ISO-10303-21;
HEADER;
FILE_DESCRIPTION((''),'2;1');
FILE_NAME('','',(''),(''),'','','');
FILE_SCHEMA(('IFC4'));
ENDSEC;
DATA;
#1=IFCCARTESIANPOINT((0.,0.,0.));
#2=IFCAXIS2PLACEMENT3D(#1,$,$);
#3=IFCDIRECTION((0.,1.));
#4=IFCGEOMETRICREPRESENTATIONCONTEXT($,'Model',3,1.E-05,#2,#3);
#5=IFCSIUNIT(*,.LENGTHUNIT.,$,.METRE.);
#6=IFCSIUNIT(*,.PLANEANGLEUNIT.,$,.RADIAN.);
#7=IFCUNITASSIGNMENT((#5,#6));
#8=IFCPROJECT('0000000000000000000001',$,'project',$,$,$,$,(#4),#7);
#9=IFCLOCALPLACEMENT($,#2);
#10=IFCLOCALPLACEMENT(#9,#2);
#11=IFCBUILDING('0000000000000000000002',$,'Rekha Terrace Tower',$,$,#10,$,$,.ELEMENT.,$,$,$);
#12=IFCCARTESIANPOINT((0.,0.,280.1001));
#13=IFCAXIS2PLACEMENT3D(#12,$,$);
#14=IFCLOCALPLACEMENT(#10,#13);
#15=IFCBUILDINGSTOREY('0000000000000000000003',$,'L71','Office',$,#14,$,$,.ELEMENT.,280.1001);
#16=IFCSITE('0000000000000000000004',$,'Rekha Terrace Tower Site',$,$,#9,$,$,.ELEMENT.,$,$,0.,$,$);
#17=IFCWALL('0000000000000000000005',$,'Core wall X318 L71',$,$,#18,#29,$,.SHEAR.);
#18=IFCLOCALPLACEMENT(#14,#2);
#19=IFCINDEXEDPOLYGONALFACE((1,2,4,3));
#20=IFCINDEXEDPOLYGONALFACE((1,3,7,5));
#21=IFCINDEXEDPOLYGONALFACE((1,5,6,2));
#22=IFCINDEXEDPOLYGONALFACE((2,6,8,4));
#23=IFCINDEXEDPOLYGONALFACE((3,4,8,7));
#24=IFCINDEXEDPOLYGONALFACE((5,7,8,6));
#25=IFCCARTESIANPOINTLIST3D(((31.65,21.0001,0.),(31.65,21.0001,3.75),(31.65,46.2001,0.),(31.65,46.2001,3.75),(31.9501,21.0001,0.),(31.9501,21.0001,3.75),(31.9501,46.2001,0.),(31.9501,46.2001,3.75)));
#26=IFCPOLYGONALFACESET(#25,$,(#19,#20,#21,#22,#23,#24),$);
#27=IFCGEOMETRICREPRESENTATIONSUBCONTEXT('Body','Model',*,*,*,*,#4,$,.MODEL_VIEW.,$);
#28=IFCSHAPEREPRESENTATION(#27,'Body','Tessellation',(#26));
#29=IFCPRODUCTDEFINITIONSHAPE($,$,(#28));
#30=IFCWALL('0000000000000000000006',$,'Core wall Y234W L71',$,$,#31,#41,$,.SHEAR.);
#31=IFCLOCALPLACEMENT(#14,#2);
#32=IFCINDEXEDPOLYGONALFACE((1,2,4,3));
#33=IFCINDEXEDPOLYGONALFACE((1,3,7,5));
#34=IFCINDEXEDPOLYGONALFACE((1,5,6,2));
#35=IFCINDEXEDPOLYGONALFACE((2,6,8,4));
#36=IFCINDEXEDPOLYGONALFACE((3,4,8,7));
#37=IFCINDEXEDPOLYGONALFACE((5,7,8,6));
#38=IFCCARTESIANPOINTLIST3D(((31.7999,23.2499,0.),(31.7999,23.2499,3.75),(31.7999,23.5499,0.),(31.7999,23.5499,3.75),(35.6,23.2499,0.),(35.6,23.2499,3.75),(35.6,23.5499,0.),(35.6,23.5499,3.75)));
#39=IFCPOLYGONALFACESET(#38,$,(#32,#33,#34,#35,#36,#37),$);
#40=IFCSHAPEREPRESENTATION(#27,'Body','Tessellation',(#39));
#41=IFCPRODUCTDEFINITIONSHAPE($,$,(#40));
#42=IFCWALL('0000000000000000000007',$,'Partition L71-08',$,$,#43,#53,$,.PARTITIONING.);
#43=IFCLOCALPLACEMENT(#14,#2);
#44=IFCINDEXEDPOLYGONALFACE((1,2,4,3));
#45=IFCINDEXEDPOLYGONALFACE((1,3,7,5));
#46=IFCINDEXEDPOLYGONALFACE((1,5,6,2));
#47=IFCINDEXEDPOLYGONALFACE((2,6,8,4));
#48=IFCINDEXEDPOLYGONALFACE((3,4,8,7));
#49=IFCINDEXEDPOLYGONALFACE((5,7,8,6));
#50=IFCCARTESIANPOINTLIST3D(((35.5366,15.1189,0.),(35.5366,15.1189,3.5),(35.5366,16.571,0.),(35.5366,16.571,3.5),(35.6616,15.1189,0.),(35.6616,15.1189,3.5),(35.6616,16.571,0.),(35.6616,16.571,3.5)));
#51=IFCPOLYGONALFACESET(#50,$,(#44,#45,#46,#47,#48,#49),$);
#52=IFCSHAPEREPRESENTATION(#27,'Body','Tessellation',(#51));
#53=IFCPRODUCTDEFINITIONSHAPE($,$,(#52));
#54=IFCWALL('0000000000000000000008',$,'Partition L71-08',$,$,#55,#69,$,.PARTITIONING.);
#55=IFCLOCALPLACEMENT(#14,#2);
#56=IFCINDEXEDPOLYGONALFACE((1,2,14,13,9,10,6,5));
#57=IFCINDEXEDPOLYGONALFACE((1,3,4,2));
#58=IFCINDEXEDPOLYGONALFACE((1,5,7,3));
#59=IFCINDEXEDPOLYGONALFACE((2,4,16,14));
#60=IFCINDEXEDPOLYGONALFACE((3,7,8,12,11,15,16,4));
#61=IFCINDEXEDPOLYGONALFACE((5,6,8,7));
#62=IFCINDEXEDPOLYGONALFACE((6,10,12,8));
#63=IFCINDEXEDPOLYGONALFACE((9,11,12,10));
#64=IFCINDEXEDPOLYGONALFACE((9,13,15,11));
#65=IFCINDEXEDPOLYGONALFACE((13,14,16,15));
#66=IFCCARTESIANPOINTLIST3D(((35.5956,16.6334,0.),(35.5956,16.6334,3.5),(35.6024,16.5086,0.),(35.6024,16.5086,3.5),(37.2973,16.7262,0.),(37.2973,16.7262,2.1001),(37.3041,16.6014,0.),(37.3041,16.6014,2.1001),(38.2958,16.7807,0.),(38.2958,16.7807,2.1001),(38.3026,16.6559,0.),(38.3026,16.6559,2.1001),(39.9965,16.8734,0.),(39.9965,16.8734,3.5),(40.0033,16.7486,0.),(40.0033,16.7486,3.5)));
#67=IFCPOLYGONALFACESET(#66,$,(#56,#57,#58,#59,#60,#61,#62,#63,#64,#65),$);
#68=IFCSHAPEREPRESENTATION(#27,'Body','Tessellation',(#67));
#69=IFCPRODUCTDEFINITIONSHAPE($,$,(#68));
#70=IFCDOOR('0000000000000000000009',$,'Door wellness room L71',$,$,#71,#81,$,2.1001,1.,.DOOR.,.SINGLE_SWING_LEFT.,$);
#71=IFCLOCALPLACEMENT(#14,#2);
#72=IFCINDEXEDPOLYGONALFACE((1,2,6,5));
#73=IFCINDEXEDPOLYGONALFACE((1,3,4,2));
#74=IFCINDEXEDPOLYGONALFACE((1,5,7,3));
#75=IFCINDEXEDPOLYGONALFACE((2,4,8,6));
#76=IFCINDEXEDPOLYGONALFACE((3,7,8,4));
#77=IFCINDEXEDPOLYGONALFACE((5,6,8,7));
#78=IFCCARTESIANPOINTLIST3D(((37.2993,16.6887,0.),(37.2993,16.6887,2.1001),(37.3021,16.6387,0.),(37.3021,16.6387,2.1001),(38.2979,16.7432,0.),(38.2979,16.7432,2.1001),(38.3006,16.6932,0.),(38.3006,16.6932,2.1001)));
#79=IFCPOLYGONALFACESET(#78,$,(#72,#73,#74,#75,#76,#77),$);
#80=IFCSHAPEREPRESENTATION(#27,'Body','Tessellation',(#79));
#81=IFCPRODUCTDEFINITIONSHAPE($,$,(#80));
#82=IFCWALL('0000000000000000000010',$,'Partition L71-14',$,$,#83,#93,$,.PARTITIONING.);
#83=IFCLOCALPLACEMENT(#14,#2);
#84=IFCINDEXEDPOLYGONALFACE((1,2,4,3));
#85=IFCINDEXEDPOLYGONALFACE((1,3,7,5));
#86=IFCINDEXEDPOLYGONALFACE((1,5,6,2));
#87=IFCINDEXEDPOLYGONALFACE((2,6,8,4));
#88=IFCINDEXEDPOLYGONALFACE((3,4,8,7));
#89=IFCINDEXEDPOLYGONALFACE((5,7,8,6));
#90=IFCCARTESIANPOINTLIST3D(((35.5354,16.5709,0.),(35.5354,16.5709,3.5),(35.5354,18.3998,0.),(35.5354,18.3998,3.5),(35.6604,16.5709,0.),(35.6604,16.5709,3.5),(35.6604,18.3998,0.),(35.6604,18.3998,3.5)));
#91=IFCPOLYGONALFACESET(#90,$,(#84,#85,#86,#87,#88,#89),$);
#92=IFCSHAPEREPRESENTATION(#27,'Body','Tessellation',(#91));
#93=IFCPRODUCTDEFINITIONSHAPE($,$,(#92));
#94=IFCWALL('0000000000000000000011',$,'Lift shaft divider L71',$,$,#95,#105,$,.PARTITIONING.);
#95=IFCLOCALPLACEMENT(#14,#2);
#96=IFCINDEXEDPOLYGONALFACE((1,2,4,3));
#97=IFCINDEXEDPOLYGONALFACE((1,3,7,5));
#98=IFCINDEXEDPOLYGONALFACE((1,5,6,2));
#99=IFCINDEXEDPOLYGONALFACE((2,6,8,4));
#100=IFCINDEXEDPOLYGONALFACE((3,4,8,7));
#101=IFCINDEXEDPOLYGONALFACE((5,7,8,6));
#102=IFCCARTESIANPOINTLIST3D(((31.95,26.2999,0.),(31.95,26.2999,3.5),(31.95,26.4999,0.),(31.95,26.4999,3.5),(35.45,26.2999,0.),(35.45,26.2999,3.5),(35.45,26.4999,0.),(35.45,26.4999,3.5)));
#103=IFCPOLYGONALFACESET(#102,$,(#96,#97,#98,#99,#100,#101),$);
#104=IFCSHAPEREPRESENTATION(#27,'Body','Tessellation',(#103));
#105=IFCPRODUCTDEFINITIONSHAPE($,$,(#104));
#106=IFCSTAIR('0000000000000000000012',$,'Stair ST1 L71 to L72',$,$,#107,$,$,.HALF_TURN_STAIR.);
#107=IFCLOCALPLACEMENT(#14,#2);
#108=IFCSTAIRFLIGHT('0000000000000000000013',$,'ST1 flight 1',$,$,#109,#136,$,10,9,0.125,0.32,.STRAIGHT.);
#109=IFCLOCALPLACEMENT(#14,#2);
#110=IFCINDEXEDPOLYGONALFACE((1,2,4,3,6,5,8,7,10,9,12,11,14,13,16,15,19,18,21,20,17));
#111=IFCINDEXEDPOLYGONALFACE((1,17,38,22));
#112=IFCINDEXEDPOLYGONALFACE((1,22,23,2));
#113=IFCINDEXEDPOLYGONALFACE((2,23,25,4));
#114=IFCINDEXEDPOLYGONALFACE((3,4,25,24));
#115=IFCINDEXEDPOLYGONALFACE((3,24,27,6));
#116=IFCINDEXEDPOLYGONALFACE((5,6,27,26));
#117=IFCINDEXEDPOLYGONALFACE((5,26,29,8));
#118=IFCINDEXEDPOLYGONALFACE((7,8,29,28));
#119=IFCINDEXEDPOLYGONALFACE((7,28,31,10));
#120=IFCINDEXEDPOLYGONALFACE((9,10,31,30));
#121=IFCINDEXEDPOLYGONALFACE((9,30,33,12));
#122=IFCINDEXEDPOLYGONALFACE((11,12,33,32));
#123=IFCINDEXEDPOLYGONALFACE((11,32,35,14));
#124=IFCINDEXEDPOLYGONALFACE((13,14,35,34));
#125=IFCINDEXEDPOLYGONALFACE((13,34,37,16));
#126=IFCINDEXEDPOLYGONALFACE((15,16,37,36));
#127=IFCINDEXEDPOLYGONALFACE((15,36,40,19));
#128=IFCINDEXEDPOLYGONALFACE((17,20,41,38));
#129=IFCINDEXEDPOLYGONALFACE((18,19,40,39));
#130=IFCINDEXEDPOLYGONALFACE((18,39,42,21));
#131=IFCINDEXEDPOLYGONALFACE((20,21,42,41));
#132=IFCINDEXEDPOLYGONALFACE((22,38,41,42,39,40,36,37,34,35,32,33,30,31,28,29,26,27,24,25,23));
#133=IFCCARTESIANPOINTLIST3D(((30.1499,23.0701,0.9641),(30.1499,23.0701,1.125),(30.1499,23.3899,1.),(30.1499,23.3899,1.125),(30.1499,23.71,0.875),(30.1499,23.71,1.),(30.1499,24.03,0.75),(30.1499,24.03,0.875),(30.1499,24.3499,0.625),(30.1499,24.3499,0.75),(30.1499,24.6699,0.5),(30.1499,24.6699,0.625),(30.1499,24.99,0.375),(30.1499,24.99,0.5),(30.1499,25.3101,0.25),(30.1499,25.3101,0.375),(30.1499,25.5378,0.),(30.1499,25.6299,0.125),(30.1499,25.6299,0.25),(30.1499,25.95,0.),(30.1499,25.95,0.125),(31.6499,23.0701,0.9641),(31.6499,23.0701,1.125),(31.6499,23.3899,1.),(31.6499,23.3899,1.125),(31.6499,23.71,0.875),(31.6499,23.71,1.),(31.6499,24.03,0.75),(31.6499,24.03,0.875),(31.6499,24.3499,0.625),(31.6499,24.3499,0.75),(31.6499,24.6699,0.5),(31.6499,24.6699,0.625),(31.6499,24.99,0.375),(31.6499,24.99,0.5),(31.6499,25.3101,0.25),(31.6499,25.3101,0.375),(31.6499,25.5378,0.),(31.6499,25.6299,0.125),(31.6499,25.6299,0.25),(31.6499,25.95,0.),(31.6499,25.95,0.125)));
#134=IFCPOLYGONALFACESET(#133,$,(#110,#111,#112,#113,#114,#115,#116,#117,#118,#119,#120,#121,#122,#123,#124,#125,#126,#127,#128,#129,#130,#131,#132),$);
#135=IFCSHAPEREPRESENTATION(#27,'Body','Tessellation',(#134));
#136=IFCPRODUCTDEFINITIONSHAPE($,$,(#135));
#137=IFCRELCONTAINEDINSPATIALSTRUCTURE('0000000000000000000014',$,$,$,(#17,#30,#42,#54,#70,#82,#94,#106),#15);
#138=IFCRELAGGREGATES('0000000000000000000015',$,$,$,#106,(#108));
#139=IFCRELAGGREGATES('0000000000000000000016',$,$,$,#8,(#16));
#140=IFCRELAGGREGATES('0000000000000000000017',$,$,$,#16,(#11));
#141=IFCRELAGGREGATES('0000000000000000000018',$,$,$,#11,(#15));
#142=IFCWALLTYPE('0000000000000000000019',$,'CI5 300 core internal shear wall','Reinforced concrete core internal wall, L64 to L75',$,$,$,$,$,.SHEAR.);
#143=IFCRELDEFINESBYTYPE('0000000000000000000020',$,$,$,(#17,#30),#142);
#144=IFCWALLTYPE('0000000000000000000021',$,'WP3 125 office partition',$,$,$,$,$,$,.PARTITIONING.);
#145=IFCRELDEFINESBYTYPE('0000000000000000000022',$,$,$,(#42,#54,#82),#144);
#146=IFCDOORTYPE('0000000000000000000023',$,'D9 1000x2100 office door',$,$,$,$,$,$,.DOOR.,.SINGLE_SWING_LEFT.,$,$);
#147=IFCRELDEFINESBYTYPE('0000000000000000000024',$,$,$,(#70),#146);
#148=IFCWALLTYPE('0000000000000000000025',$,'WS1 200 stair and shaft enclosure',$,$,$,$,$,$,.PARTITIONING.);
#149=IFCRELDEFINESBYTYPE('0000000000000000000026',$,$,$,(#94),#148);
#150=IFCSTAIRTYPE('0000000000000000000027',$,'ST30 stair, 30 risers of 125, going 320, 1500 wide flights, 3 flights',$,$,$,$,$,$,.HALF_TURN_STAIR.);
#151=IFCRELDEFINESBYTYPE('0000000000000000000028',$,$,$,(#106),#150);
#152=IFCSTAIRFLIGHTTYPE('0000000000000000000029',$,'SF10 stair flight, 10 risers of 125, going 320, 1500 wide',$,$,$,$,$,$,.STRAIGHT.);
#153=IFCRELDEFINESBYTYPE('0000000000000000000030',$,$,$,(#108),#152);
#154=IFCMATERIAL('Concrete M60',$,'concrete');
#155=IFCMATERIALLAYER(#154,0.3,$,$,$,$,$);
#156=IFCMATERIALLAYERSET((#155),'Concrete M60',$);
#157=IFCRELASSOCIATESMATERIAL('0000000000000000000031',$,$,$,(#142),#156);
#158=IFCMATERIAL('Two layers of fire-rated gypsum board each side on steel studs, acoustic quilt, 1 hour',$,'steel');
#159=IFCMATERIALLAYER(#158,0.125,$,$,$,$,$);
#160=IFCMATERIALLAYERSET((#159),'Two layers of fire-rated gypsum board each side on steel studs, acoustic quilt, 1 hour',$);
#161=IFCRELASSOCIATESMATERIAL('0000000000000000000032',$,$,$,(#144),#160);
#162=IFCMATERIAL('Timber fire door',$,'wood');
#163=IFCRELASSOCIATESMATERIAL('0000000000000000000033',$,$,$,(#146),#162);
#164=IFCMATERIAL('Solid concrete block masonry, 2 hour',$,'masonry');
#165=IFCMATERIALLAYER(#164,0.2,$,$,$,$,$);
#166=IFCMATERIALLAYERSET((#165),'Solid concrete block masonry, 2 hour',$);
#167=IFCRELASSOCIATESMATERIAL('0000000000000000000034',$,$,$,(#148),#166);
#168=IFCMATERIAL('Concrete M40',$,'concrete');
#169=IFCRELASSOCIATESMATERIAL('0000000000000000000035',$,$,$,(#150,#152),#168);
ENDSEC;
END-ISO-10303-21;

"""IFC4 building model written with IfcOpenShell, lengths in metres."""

from ifc_helpers import new_model, si_unit, direction, frame, frame_2d, origin, place, context, subcontext, project, spatial, polyline, rectangle, outline, extrude, material, layer, layer_set, type_object, element, fill, aggregate, save


model = new_model("IFC4")

# Units and contexts
model_context = context("Model", 3, precision=1e-05, world=origin(), true_north=direction((0.0, 1.0)))
body_context = subcontext(model_context, "Body", "Model", "MODEL_VIEW")
ifc_project = project(units=[si_unit("LENGTHUNIT", "METRE"), si_unit("PLANEANGLEUNIT", "RADIAN")], contexts=[model_context])

# Site, building, storey
site_placement = place(None, origin())
site = spatial("IfcSite", under=ifc_project, at=site_placement, Name="Rekha Terrace Tower Site", CompositionType="ELEMENT", RefElevation=0.0)
building_placement = place(site_placement, origin())
building = spatial("IfcBuilding", under=site, at=building_placement, Name="Rekha Terrace Tower", CompositionType="ELEMENT")
storey_placement = place(building_placement, frame((0.0, 0.0, 280.1001)))
storey = spatial("IfcBuildingStorey", under=building, at=storey_placement, Name="L71", Description="Office", CompositionType="ELEMENT", Elevation=280.1001)

# Shared definitions
ifc_material_1 = material(Name="Concrete M60", Category="concrete")

# Walls
ifc_layer_1 = layer(ifc_material_1, 0.3)
ifc_layer_set_1 = layer_set([ifc_layer_1], Name="Concrete M60")
wall_type_1 = type_object("IfcWallType", Name="CI5 300 core internal shear wall", Description="Reinforced concrete core internal wall, L64 to L75", PredefinedType="SHEAR", material=ifc_layer_set_1)
wall_1_placement = place(storey_placement, frame((31.8, 21.0, 0.0), z_axis=(0.0, 0.0, 1.0), x_axis=(0.0, 1.0, 0.0)))
element("IfcWall", 1, at=wall_1_placement, inside=storey, type_object=wall_type_1, Name="Core wall X318 L71", PredefinedType="SHEAR", context=body_context, shape_type="SweptSolid", body=[
    extrude(rectangle(XDim=25.2, YDim=0.3, at=frame_2d((12.6001, 0.0))), origin(), (0.0, 0.0, 1.0), 3.75),
])
wall_2_placement = place(storey_placement, frame((31.8, 23.3999, 0.0), z_axis=(0.0, 0.0, 1.0), x_axis=(1.0, 0.0, 0.0)))
element("IfcWall", 2, at=wall_2_placement, inside=storey, type_object=wall_type_1, Name="Core wall Y234W L71", PredefinedType="SHEAR", context=body_context, shape_type="SweptSolid", body=[
    extrude(rectangle(XDim=3.8, YDim=0.3, at=frame_2d((1.8999, 0.0))), origin(), (0.0, 0.0, 1.0), 3.75),
])
ifc_material_2 = material(Name="Two layers of fire-rated gypsum board each side on steel studs, acoustic quilt, 1 hour", Category="steel")
ifc_layer_2 = layer(ifc_material_2, 0.125)
ifc_layer_set_2 = layer_set([ifc_layer_2], Name="Two layers of fire-rated gypsum board each side on steel studs, acoustic quilt, 1 hour")
wall_type_2 = type_object("IfcWallType", Name="WP3 125 office partition", PredefinedType="PARTITIONING", material=ifc_layer_set_2)
wall_3_placement = place(storey_placement, frame((35.5991, 15.1189, 0.0), z_axis=(0.0, 0.0, 1.0), x_axis=(0.0, 1.0, 0.0)))
element("IfcWall", 3, at=wall_3_placement, inside=storey, type_object=wall_type_2, Name="Partition L71-08", PredefinedType="PARTITIONING", context=body_context, shape_type="SweptSolid", body=[
    extrude(rectangle(XDim=1.4521, YDim=0.125, at=frame_2d((0.7261, 0.0))), origin(), (0.0, 0.0, 1.0), 3.5),
])

# Wall, opening, door
wall_4_placement = place(storey_placement, frame((35.5991, 16.571, 0.0), z_axis=(0.0, 0.0, 1.0), x_axis=(0.998516, 0.054451, 0.0)))
wall_4 = element("IfcWall", 4, at=wall_4_placement, inside=storey, type_object=wall_type_2, Name="Partition L71-08", PredefinedType="PARTITIONING", context=body_context, shape_type="SweptSolid", body=[
    extrude(rectangle(XDim=4.4075, YDim=0.125, at=frame_2d((2.2036, 0.0))), origin(), (0.0, 0.0, 1.0), 3.5),
])
opening_placement = place(wall_4_placement, frame((1.7041, 0.0, 0.0)))
opening = element("IfcOpeningElement", 5, at=opening_placement, cuts=wall_4, PredefinedType="OPENING", context=body_context, shape_type="SweptSolid", body=[
    extrude(rectangle(XDim=1.0, YDim=2.1001, at=frame_2d((0.5, 1.05))), frame((0.0, 0.0725, 0.0), z_axis=(0.0, -1.0, 0.0), x_axis=(1.0, 0.0, 0.0)), (0.0, 0.0, 1.0), 0.145),
])
ifc_material_3 = material(Name="Timber fire door", Category="wood")
door_type = type_object("IfcDoorType", Name="D9 1000x2100 office door", OperationType="SINGLE_SWING_LEFT", PredefinedType="DOOR", material=ifc_material_3)
door_placement = place(opening_placement, origin())
door = element("IfcDoor", 6, at=door_placement, inside=storey, type_object=door_type, Name="Door wellness room L71", OperationType="SINGLE_SWING_LEFT", OverallHeight=2.1001, OverallWidth=1.0, PredefinedType="DOOR", context=body_context, shape_type="SweptSolid", body=[
    extrude(rectangle(XDim=1.0, YDim=2.1001, at=frame_2d((0.5, 1.05))), frame((0.0, 0.0249, 0.0), z_axis=(0.0, -1.0, 0.0), x_axis=(1.0, 0.0, 0.0)), (0.0, 0.0, 1.0), 0.05),
])
fill(opening, door)

# Walls
wall_5_placement = place(storey_placement, frame((35.5979, 18.3999, 0.0), z_axis=(0.0, 0.0, 1.0), x_axis=(0.0, -1.0, 0.0)))
element("IfcWall", 7, at=wall_5_placement, inside=storey, type_object=wall_type_2, Name="Partition L71-14", PredefinedType="PARTITIONING", context=body_context, shape_type="SweptSolid", body=[
    extrude(rectangle(XDim=1.8289, YDim=0.125, at=frame_2d((0.9146, 0.0))), origin(), (0.0, 0.0, 1.0), 3.5),
])
ifc_material_4 = material(Name="Solid concrete block masonry, 2 hour", Category="masonry")
ifc_layer_3 = layer(ifc_material_4, 0.2)
ifc_layer_set_3 = layer_set([ifc_layer_3], Name="Solid concrete block masonry, 2 hour")
wall_type_3 = type_object("IfcWallType", Name="WS1 200 stair and shaft enclosure", PredefinedType="PARTITIONING", material=ifc_layer_set_3)
wall_6_placement = place(storey_placement, frame((31.95, 26.3999, 0.0), z_axis=(0.0, 0.0, 1.0), x_axis=(1.0, 0.0, 0.0)))
element("IfcWall", 8, at=wall_6_placement, inside=storey, type_object=wall_type_3, Name="Lift shaft divider L71", PredefinedType="PARTITIONING", context=body_context, shape_type="SweptSolid", body=[
    extrude(rectangle(XDim=3.5, YDim=0.2, at=frame_2d((1.75, 0.0))), origin(), (0.0, 0.0, 1.0), 3.5),
])

# Stair, stair flight
ifc_material_5 = material(Name="Concrete M40", Category="concrete")
stair_type = type_object("IfcStairType", Name="ST30 stair, 30 risers of 125, going 320, 1500 wide flights, 3 flights", PredefinedType="HALF_TURN_STAIR", material=ifc_material_5)
stair_placement = place(storey_placement, origin())
stair = element("IfcStair", 9, at=stair_placement, inside=storey, type_object=stair_type, Name="Stair ST1 L71 to L72", PredefinedType="HALF_TURN_STAIR")
stair_flight_type = type_object("IfcStairFlightType", Name="SF10 stair flight, 10 risers of 125, going 320, 1500 wide", PredefinedType="STRAIGHT", material=ifc_material_5)
stair_flight_placement = place(storey_placement, frame((30.8999, 25.95, 0.0), z_axis=(0.0, 0.0, 1.0), x_axis=(0.0, -1.0, 0.0)))
stair_flight = element("IfcStairFlight", 10, at=stair_flight_placement, type_object=stair_flight_type, Name="ST1 flight 1", NumberOfRisers=10, NumberOfTreads=9, PredefinedType="STRAIGHT", RiserHeight=0.125, TreadLength=0.32, context=body_context, shape_type="SweptSolid", body=[
    extrude(outline(polyline([(0.0, 0.0), (0.0, 0.125), (0.3201, 0.125), (0.3201, 0.25), (0.6399, 0.25), (0.6399, 0.375), (0.96, 0.375), (0.96, 0.5), (1.28, 0.5), (1.28, 0.625), (1.6001, 0.625), (1.6001, 0.75), (1.9199, 0.75), (1.9199, 0.875), (2.24, 0.875), (2.24, 1.0), (2.5601, 1.0), (2.5601, 1.125), (2.8799, 1.125), (2.8799, 1.25), (2.8799, 0.9641), (0.4121, 0.0), (0.0, 0.0)])), frame((0.0, 0.75, 0.0), z_axis=(0.0, -1.0, 0.0), x_axis=(1.0, 0.0, 0.0)), (0.0, 0.0, 1.0), 1.5),
])
aggregate(stair, [stair_flight])

save(model, "model.ifc")
